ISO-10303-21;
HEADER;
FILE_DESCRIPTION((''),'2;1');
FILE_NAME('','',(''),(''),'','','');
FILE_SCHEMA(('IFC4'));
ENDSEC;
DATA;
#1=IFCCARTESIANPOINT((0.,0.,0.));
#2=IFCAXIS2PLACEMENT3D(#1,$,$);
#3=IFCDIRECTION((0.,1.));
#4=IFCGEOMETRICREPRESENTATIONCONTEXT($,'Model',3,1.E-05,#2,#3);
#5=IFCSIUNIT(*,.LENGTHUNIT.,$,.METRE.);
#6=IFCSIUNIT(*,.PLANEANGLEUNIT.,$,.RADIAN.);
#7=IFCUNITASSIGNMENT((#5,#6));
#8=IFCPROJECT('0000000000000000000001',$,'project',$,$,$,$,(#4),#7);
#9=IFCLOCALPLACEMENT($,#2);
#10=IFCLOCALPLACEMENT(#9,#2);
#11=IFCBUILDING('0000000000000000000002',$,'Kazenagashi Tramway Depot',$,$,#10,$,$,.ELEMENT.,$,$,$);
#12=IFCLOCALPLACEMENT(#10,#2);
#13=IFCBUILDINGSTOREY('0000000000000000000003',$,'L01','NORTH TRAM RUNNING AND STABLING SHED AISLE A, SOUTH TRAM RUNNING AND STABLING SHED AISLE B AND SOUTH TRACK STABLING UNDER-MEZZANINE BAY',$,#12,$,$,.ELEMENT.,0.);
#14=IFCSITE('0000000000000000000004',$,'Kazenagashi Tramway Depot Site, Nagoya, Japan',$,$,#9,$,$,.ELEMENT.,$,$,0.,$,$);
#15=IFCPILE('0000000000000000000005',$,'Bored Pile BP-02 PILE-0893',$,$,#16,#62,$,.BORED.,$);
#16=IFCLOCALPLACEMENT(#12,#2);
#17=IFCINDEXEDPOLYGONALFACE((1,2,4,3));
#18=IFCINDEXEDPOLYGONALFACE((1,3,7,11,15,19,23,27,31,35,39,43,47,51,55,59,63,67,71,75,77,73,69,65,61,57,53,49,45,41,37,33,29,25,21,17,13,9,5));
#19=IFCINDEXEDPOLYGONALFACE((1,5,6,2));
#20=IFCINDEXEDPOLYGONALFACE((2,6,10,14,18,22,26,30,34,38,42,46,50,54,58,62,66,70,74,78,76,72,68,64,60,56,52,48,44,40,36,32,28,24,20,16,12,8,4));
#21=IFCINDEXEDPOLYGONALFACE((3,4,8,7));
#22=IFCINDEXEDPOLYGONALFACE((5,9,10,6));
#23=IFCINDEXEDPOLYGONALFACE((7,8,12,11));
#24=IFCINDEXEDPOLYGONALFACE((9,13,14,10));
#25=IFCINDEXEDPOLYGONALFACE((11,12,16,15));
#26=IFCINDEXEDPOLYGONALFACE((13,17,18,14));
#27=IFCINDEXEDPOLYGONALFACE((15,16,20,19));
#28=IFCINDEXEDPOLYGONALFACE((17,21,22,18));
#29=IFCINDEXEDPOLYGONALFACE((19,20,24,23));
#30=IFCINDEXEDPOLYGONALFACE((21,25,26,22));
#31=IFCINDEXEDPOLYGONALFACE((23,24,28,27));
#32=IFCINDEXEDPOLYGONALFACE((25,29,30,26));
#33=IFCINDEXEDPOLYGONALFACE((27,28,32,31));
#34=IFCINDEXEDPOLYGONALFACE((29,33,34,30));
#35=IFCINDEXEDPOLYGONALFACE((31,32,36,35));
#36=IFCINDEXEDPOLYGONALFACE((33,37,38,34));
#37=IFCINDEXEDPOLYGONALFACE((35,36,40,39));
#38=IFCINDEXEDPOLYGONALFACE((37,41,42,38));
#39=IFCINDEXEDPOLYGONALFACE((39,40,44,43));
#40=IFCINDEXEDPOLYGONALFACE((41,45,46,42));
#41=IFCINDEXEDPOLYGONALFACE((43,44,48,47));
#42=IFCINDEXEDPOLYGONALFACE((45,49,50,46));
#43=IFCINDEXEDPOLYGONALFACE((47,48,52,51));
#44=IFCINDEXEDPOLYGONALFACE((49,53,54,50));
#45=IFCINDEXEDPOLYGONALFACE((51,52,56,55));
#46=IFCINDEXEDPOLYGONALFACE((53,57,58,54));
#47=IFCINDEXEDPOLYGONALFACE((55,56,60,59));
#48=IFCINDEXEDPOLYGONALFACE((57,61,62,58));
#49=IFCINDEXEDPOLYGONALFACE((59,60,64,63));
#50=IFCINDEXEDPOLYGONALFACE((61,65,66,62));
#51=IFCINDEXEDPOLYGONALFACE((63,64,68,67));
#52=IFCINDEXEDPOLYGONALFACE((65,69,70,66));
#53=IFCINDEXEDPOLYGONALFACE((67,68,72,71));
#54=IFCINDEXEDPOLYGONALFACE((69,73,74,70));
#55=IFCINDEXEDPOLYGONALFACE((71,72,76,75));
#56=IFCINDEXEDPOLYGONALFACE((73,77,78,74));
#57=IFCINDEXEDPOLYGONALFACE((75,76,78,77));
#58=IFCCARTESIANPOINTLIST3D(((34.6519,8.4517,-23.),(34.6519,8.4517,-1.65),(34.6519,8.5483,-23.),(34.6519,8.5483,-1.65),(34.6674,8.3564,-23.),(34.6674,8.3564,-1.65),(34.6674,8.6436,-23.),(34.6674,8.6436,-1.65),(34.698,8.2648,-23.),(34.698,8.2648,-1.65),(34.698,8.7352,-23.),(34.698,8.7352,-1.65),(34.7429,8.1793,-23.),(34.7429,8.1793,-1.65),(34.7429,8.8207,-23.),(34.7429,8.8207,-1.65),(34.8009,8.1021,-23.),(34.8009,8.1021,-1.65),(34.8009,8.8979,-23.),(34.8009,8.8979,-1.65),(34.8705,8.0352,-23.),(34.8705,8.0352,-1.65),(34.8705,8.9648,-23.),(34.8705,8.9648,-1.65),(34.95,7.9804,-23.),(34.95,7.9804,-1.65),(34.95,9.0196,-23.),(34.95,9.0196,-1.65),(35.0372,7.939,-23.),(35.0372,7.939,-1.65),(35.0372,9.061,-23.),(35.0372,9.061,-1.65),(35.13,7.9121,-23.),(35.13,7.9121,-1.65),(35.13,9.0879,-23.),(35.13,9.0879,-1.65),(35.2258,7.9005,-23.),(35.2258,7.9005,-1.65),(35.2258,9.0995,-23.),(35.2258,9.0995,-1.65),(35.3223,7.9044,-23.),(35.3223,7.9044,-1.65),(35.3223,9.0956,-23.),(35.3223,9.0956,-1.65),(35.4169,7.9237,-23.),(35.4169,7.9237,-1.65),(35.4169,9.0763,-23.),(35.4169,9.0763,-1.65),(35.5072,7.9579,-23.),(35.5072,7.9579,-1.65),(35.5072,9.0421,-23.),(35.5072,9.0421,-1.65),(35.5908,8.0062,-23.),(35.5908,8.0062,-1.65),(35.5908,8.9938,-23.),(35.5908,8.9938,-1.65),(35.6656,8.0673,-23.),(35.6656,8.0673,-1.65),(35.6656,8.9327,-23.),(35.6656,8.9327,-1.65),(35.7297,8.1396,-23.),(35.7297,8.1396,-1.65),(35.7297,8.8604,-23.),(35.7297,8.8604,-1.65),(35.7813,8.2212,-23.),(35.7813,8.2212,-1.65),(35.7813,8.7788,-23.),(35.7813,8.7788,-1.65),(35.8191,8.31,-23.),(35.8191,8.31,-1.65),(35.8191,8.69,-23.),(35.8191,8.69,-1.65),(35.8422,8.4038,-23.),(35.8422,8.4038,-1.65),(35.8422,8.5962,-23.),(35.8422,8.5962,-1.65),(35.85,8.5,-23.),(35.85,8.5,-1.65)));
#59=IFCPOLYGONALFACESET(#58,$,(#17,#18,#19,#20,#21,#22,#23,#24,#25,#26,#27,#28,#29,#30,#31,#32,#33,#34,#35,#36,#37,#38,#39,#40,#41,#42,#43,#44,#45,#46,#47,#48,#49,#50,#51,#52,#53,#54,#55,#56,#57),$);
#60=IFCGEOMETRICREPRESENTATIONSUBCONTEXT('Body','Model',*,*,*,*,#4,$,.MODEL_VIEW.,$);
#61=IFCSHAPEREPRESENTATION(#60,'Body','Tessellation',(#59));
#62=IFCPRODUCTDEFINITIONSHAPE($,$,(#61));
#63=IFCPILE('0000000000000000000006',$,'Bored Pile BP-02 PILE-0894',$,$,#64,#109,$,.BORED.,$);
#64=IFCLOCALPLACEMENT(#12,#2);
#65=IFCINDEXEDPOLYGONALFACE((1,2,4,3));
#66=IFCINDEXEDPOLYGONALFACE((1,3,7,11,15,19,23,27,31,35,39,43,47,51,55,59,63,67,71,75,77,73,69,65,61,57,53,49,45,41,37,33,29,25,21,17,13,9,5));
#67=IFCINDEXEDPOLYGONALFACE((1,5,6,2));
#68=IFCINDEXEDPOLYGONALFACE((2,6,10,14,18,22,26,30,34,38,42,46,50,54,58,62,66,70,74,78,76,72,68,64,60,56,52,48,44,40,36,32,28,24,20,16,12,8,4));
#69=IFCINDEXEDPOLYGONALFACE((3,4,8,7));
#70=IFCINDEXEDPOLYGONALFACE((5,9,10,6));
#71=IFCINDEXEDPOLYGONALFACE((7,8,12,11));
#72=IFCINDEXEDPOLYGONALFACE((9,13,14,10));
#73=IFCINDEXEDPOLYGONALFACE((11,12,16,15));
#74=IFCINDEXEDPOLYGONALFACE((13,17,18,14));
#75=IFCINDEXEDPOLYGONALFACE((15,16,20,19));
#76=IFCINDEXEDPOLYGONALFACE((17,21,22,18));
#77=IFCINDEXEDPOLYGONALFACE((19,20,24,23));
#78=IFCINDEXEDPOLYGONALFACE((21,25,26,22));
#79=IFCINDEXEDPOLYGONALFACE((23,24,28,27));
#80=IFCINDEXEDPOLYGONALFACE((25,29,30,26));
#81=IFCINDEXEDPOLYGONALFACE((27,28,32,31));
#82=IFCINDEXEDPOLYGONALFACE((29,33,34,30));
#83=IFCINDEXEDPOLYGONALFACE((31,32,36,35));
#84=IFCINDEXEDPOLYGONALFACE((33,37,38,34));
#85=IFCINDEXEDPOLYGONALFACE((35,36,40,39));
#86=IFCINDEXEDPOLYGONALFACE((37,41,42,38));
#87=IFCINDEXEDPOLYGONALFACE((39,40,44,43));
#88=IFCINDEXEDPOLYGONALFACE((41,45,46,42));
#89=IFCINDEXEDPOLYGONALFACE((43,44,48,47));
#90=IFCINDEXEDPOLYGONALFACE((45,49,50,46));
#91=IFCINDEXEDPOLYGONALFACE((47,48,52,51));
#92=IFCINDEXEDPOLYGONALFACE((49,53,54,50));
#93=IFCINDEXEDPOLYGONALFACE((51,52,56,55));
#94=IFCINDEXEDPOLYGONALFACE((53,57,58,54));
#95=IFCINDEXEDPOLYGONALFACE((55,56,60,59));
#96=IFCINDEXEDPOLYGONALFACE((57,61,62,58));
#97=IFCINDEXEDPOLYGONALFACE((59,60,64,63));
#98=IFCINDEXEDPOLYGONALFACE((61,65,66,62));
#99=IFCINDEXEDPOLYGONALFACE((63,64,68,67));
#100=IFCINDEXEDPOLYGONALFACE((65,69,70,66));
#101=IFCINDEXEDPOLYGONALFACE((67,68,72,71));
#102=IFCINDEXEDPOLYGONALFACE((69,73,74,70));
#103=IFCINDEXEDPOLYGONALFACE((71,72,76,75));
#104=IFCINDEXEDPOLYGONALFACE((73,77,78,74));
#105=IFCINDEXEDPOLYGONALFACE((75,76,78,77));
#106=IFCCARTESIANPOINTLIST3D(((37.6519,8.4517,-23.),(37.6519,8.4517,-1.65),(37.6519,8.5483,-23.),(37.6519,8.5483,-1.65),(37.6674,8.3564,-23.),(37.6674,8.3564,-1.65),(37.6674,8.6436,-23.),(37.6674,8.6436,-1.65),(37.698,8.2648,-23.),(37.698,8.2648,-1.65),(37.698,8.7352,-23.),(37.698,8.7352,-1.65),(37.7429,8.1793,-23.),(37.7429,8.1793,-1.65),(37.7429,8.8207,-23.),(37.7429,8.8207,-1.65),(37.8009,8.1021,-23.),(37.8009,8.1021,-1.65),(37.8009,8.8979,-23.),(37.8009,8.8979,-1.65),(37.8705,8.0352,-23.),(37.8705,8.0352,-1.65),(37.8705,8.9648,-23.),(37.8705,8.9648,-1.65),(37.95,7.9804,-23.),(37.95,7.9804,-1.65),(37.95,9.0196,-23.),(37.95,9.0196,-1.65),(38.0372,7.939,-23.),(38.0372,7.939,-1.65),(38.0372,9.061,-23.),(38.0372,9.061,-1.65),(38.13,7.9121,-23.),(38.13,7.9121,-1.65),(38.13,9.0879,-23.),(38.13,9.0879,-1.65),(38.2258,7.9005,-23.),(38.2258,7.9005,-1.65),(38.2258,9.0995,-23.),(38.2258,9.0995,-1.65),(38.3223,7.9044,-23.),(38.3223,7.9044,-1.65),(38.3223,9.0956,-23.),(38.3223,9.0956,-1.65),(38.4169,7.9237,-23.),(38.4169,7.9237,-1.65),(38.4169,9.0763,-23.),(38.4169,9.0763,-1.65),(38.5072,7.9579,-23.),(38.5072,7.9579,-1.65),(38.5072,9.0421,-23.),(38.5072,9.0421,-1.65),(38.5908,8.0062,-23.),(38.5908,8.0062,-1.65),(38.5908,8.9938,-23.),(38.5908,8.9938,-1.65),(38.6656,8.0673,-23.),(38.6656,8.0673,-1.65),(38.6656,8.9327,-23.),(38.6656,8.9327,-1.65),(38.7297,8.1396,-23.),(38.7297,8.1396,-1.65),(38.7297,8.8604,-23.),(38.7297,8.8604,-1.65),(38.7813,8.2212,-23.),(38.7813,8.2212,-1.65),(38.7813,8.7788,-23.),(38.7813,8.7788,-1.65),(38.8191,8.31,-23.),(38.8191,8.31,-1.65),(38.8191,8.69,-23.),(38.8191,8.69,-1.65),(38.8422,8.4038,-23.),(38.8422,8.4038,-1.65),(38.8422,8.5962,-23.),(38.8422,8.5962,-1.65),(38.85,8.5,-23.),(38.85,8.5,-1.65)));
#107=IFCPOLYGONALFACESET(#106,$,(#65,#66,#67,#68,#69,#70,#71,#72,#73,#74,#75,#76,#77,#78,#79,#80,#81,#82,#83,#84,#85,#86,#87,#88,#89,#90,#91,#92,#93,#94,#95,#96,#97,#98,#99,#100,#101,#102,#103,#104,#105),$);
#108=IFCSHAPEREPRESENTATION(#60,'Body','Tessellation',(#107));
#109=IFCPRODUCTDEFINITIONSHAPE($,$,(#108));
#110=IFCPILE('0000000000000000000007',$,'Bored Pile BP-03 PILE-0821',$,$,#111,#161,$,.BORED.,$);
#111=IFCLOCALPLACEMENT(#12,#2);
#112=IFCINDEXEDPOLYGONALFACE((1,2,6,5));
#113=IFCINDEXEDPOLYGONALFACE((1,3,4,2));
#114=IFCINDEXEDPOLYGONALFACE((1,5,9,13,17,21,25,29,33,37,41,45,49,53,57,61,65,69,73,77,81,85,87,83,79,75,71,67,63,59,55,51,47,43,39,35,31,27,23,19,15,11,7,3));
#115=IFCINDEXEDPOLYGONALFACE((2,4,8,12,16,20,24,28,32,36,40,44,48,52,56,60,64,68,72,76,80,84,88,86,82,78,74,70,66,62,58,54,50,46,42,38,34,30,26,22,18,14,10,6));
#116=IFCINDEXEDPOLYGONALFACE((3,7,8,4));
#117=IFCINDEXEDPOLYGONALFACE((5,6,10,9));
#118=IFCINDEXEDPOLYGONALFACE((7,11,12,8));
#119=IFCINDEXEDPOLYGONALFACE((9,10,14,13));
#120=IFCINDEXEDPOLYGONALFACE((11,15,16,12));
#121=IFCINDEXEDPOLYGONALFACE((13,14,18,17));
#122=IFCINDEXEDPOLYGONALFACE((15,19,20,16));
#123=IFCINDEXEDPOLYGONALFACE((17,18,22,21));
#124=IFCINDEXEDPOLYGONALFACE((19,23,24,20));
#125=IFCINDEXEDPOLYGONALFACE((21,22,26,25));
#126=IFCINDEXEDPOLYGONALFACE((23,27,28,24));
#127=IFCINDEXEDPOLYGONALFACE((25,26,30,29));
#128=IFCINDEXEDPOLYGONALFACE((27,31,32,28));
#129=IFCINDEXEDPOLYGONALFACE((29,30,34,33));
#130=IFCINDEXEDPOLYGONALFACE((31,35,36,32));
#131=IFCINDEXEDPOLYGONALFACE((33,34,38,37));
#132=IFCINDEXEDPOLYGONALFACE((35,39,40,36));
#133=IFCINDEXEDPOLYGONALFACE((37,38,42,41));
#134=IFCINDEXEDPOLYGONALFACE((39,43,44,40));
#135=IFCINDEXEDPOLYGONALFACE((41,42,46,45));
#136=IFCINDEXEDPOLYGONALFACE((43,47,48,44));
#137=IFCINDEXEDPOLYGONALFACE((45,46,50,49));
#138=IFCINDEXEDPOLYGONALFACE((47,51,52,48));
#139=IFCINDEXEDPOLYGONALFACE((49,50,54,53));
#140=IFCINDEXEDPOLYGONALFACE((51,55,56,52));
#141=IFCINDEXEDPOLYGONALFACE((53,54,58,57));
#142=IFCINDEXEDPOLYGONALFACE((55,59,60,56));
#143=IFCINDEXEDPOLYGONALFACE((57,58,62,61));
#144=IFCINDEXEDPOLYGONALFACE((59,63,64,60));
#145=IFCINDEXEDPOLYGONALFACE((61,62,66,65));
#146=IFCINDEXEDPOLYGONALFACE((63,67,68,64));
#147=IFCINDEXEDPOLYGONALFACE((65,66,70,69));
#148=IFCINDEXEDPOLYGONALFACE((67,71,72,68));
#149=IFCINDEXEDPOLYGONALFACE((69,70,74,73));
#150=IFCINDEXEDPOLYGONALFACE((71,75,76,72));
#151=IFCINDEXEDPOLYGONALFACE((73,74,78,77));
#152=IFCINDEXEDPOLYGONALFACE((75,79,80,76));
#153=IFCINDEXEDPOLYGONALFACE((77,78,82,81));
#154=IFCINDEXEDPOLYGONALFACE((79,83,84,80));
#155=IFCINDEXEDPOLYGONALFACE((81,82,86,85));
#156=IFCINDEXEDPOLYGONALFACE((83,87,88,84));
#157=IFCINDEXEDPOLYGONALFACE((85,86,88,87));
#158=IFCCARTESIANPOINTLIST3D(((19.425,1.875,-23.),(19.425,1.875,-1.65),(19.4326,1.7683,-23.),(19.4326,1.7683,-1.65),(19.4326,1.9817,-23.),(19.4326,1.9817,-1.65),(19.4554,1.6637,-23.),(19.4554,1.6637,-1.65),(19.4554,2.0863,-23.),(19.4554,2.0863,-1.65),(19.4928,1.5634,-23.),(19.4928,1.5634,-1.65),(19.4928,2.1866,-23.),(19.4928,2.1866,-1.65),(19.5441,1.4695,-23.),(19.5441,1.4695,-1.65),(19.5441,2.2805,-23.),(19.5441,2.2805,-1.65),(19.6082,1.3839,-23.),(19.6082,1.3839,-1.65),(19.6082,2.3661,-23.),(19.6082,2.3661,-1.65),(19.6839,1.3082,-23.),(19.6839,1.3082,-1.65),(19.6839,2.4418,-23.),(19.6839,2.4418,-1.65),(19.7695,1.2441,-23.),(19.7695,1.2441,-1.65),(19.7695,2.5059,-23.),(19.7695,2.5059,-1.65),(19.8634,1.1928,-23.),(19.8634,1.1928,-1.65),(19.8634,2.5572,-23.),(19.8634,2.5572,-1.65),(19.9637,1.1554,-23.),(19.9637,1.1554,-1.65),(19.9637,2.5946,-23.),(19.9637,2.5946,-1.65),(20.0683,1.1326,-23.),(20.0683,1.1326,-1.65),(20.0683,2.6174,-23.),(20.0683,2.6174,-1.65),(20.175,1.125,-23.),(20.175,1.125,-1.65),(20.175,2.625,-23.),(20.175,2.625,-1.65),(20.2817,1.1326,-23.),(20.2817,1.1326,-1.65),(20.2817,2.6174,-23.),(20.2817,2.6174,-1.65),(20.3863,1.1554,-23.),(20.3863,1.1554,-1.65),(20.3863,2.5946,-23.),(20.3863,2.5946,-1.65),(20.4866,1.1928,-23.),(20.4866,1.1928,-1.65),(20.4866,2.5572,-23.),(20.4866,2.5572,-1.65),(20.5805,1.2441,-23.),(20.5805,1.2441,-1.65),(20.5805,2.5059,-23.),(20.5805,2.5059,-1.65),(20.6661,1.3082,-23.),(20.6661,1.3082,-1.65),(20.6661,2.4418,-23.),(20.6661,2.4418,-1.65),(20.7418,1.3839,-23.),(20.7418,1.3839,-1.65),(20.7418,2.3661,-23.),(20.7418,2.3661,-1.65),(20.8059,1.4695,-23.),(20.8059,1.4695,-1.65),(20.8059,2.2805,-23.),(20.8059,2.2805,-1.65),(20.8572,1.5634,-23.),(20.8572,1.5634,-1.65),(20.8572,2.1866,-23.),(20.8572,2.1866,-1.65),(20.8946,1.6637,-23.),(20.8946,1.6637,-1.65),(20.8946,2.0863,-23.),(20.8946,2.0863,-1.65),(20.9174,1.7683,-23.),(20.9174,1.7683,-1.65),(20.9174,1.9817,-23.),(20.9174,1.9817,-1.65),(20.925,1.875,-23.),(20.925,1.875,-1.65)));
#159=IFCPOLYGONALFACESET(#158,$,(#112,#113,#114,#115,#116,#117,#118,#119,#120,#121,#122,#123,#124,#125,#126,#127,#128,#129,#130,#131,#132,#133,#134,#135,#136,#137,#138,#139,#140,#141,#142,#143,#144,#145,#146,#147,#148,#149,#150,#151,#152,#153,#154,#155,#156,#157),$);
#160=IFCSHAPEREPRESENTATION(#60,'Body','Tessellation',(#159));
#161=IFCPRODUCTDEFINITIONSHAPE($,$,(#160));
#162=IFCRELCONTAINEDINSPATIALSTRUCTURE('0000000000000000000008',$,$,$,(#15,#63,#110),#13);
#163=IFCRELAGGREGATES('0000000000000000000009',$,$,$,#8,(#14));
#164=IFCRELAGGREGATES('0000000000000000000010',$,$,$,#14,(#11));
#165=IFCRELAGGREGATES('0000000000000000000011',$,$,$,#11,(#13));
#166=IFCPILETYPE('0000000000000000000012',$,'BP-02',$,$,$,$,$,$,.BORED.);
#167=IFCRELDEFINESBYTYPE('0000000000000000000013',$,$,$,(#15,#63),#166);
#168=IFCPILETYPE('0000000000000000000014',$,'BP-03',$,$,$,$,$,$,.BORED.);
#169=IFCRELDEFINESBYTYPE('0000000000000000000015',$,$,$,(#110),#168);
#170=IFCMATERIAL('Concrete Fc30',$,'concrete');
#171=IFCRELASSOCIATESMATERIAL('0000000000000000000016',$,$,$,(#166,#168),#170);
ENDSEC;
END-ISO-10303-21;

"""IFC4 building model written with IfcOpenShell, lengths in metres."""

from ifc_helpers import new_model, si_unit, direction, frame, origin, origin_2d, place, context, subcontext, project, spatial, circle, extrude, material, material_profile, profile_set, type_object, element, save


model = new_model("IFC4")

# Units and contexts
model_context = context("Model", 3, precision=1e-05, world=origin(), true_north=direction((0.0, 1.0)))
body_context = subcontext(model_context, "Body", "Model", "MODEL_VIEW")
ifc_project = project(units=[si_unit("LENGTHUNIT", "METRE"), si_unit("PLANEANGLEUNIT", "RADIAN")], contexts=[model_context])

# Site, building, storey
site_placement = place(None, origin())
site = spatial("IfcSite", under=ifc_project, at=site_placement, Name="Kazenagashi Tramway Depot Site, Nagoya, Japan", CompositionType="ELEMENT", RefElevation=0.0)
building_placement = place(site_placement, origin())
building = spatial("IfcBuilding", under=site, at=building_placement, Name="Kazenagashi Tramway Depot", CompositionType="ELEMENT")
storey_placement = place(building_placement, origin())
storey = spatial("IfcBuildingStorey", under=building, at=storey_placement, Name="L01", Description="NORTH TRAM RUNNING AND STABLING SHED AISLE A, SOUTH TRAM RUNNING AND STABLING SHED AISLE B AND SOUTH TRACK STABLING UNDER-MEZZANINE BAY", CompositionType="ELEMENT", Elevation=0.0)

# Piles
ifc_material_1 = material(Name="Concrete Fc30", Category="concrete")
ifc_material_profile_1 = material_profile(ifc_material_1, circle(Radius=0.6, at=origin_2d()), Name="PILE-1200")
ifc_profile_set_1 = profile_set([ifc_material_profile_1], Name="Concrete Fc30")
pile_type_1 = type_object("IfcPileType", Name="BP-02", PredefinedType="BORED", material=ifc_profile_set_1)
for number, where, z_axis, x_axis, name in (
    (1, (35.25, 8.5, -1.65), (0.0, 0.0, -1.0), (1.0, 0.0, 0.0), "Bored Pile BP-02 PILE-0893"),
    (2, (38.25, 8.5, -1.65), (0.0, 0.0, -1.0), (1.0, 0.0, 0.0), "Bored Pile BP-02 PILE-0894"),
):
    element("IfcPile", number, at=place(storey_placement, frame(where, z_axis=z_axis, x_axis=x_axis)), inside=storey, type_object=pile_type_1, Name=name, PredefinedType="BORED", context=body_context, shape_type="SweptSolid", body=[
        extrude(circle(Radius=0.6, at=origin_2d()), origin(), (0.0, 0.0, 1.0), 21.35),
    ])
ifc_material_profile_2 = material_profile(ifc_material_1, circle(Radius=0.75, at=origin_2d()), Name="PILE-1500")
ifc_profile_set_2 = profile_set([ifc_material_profile_2], Name="Concrete Fc30")
pile_type_2 = type_object("IfcPileType", Name="BP-03", PredefinedType="BORED", material=ifc_profile_set_2)
for number, where, z_axis, x_axis, name in (
    (3, (20.175, 1.875, -1.65), (0.0, 0.0, -1.0), (1.0, 0.0, 0.0), "Bored Pile BP-03 PILE-0821"),
):
    element("IfcPile", number, at=place(storey_placement, frame(where, z_axis=z_axis, x_axis=x_axis)), inside=storey, type_object=pile_type_2, Name=name, PredefinedType="BORED", context=body_context, shape_type="SweptSolid", body=[
        extrude(circle(Radius=0.75, at=origin_2d()), origin(), (0.0, 0.0, 1.0), 21.35),
    ])

save(model, "model.ifc")
